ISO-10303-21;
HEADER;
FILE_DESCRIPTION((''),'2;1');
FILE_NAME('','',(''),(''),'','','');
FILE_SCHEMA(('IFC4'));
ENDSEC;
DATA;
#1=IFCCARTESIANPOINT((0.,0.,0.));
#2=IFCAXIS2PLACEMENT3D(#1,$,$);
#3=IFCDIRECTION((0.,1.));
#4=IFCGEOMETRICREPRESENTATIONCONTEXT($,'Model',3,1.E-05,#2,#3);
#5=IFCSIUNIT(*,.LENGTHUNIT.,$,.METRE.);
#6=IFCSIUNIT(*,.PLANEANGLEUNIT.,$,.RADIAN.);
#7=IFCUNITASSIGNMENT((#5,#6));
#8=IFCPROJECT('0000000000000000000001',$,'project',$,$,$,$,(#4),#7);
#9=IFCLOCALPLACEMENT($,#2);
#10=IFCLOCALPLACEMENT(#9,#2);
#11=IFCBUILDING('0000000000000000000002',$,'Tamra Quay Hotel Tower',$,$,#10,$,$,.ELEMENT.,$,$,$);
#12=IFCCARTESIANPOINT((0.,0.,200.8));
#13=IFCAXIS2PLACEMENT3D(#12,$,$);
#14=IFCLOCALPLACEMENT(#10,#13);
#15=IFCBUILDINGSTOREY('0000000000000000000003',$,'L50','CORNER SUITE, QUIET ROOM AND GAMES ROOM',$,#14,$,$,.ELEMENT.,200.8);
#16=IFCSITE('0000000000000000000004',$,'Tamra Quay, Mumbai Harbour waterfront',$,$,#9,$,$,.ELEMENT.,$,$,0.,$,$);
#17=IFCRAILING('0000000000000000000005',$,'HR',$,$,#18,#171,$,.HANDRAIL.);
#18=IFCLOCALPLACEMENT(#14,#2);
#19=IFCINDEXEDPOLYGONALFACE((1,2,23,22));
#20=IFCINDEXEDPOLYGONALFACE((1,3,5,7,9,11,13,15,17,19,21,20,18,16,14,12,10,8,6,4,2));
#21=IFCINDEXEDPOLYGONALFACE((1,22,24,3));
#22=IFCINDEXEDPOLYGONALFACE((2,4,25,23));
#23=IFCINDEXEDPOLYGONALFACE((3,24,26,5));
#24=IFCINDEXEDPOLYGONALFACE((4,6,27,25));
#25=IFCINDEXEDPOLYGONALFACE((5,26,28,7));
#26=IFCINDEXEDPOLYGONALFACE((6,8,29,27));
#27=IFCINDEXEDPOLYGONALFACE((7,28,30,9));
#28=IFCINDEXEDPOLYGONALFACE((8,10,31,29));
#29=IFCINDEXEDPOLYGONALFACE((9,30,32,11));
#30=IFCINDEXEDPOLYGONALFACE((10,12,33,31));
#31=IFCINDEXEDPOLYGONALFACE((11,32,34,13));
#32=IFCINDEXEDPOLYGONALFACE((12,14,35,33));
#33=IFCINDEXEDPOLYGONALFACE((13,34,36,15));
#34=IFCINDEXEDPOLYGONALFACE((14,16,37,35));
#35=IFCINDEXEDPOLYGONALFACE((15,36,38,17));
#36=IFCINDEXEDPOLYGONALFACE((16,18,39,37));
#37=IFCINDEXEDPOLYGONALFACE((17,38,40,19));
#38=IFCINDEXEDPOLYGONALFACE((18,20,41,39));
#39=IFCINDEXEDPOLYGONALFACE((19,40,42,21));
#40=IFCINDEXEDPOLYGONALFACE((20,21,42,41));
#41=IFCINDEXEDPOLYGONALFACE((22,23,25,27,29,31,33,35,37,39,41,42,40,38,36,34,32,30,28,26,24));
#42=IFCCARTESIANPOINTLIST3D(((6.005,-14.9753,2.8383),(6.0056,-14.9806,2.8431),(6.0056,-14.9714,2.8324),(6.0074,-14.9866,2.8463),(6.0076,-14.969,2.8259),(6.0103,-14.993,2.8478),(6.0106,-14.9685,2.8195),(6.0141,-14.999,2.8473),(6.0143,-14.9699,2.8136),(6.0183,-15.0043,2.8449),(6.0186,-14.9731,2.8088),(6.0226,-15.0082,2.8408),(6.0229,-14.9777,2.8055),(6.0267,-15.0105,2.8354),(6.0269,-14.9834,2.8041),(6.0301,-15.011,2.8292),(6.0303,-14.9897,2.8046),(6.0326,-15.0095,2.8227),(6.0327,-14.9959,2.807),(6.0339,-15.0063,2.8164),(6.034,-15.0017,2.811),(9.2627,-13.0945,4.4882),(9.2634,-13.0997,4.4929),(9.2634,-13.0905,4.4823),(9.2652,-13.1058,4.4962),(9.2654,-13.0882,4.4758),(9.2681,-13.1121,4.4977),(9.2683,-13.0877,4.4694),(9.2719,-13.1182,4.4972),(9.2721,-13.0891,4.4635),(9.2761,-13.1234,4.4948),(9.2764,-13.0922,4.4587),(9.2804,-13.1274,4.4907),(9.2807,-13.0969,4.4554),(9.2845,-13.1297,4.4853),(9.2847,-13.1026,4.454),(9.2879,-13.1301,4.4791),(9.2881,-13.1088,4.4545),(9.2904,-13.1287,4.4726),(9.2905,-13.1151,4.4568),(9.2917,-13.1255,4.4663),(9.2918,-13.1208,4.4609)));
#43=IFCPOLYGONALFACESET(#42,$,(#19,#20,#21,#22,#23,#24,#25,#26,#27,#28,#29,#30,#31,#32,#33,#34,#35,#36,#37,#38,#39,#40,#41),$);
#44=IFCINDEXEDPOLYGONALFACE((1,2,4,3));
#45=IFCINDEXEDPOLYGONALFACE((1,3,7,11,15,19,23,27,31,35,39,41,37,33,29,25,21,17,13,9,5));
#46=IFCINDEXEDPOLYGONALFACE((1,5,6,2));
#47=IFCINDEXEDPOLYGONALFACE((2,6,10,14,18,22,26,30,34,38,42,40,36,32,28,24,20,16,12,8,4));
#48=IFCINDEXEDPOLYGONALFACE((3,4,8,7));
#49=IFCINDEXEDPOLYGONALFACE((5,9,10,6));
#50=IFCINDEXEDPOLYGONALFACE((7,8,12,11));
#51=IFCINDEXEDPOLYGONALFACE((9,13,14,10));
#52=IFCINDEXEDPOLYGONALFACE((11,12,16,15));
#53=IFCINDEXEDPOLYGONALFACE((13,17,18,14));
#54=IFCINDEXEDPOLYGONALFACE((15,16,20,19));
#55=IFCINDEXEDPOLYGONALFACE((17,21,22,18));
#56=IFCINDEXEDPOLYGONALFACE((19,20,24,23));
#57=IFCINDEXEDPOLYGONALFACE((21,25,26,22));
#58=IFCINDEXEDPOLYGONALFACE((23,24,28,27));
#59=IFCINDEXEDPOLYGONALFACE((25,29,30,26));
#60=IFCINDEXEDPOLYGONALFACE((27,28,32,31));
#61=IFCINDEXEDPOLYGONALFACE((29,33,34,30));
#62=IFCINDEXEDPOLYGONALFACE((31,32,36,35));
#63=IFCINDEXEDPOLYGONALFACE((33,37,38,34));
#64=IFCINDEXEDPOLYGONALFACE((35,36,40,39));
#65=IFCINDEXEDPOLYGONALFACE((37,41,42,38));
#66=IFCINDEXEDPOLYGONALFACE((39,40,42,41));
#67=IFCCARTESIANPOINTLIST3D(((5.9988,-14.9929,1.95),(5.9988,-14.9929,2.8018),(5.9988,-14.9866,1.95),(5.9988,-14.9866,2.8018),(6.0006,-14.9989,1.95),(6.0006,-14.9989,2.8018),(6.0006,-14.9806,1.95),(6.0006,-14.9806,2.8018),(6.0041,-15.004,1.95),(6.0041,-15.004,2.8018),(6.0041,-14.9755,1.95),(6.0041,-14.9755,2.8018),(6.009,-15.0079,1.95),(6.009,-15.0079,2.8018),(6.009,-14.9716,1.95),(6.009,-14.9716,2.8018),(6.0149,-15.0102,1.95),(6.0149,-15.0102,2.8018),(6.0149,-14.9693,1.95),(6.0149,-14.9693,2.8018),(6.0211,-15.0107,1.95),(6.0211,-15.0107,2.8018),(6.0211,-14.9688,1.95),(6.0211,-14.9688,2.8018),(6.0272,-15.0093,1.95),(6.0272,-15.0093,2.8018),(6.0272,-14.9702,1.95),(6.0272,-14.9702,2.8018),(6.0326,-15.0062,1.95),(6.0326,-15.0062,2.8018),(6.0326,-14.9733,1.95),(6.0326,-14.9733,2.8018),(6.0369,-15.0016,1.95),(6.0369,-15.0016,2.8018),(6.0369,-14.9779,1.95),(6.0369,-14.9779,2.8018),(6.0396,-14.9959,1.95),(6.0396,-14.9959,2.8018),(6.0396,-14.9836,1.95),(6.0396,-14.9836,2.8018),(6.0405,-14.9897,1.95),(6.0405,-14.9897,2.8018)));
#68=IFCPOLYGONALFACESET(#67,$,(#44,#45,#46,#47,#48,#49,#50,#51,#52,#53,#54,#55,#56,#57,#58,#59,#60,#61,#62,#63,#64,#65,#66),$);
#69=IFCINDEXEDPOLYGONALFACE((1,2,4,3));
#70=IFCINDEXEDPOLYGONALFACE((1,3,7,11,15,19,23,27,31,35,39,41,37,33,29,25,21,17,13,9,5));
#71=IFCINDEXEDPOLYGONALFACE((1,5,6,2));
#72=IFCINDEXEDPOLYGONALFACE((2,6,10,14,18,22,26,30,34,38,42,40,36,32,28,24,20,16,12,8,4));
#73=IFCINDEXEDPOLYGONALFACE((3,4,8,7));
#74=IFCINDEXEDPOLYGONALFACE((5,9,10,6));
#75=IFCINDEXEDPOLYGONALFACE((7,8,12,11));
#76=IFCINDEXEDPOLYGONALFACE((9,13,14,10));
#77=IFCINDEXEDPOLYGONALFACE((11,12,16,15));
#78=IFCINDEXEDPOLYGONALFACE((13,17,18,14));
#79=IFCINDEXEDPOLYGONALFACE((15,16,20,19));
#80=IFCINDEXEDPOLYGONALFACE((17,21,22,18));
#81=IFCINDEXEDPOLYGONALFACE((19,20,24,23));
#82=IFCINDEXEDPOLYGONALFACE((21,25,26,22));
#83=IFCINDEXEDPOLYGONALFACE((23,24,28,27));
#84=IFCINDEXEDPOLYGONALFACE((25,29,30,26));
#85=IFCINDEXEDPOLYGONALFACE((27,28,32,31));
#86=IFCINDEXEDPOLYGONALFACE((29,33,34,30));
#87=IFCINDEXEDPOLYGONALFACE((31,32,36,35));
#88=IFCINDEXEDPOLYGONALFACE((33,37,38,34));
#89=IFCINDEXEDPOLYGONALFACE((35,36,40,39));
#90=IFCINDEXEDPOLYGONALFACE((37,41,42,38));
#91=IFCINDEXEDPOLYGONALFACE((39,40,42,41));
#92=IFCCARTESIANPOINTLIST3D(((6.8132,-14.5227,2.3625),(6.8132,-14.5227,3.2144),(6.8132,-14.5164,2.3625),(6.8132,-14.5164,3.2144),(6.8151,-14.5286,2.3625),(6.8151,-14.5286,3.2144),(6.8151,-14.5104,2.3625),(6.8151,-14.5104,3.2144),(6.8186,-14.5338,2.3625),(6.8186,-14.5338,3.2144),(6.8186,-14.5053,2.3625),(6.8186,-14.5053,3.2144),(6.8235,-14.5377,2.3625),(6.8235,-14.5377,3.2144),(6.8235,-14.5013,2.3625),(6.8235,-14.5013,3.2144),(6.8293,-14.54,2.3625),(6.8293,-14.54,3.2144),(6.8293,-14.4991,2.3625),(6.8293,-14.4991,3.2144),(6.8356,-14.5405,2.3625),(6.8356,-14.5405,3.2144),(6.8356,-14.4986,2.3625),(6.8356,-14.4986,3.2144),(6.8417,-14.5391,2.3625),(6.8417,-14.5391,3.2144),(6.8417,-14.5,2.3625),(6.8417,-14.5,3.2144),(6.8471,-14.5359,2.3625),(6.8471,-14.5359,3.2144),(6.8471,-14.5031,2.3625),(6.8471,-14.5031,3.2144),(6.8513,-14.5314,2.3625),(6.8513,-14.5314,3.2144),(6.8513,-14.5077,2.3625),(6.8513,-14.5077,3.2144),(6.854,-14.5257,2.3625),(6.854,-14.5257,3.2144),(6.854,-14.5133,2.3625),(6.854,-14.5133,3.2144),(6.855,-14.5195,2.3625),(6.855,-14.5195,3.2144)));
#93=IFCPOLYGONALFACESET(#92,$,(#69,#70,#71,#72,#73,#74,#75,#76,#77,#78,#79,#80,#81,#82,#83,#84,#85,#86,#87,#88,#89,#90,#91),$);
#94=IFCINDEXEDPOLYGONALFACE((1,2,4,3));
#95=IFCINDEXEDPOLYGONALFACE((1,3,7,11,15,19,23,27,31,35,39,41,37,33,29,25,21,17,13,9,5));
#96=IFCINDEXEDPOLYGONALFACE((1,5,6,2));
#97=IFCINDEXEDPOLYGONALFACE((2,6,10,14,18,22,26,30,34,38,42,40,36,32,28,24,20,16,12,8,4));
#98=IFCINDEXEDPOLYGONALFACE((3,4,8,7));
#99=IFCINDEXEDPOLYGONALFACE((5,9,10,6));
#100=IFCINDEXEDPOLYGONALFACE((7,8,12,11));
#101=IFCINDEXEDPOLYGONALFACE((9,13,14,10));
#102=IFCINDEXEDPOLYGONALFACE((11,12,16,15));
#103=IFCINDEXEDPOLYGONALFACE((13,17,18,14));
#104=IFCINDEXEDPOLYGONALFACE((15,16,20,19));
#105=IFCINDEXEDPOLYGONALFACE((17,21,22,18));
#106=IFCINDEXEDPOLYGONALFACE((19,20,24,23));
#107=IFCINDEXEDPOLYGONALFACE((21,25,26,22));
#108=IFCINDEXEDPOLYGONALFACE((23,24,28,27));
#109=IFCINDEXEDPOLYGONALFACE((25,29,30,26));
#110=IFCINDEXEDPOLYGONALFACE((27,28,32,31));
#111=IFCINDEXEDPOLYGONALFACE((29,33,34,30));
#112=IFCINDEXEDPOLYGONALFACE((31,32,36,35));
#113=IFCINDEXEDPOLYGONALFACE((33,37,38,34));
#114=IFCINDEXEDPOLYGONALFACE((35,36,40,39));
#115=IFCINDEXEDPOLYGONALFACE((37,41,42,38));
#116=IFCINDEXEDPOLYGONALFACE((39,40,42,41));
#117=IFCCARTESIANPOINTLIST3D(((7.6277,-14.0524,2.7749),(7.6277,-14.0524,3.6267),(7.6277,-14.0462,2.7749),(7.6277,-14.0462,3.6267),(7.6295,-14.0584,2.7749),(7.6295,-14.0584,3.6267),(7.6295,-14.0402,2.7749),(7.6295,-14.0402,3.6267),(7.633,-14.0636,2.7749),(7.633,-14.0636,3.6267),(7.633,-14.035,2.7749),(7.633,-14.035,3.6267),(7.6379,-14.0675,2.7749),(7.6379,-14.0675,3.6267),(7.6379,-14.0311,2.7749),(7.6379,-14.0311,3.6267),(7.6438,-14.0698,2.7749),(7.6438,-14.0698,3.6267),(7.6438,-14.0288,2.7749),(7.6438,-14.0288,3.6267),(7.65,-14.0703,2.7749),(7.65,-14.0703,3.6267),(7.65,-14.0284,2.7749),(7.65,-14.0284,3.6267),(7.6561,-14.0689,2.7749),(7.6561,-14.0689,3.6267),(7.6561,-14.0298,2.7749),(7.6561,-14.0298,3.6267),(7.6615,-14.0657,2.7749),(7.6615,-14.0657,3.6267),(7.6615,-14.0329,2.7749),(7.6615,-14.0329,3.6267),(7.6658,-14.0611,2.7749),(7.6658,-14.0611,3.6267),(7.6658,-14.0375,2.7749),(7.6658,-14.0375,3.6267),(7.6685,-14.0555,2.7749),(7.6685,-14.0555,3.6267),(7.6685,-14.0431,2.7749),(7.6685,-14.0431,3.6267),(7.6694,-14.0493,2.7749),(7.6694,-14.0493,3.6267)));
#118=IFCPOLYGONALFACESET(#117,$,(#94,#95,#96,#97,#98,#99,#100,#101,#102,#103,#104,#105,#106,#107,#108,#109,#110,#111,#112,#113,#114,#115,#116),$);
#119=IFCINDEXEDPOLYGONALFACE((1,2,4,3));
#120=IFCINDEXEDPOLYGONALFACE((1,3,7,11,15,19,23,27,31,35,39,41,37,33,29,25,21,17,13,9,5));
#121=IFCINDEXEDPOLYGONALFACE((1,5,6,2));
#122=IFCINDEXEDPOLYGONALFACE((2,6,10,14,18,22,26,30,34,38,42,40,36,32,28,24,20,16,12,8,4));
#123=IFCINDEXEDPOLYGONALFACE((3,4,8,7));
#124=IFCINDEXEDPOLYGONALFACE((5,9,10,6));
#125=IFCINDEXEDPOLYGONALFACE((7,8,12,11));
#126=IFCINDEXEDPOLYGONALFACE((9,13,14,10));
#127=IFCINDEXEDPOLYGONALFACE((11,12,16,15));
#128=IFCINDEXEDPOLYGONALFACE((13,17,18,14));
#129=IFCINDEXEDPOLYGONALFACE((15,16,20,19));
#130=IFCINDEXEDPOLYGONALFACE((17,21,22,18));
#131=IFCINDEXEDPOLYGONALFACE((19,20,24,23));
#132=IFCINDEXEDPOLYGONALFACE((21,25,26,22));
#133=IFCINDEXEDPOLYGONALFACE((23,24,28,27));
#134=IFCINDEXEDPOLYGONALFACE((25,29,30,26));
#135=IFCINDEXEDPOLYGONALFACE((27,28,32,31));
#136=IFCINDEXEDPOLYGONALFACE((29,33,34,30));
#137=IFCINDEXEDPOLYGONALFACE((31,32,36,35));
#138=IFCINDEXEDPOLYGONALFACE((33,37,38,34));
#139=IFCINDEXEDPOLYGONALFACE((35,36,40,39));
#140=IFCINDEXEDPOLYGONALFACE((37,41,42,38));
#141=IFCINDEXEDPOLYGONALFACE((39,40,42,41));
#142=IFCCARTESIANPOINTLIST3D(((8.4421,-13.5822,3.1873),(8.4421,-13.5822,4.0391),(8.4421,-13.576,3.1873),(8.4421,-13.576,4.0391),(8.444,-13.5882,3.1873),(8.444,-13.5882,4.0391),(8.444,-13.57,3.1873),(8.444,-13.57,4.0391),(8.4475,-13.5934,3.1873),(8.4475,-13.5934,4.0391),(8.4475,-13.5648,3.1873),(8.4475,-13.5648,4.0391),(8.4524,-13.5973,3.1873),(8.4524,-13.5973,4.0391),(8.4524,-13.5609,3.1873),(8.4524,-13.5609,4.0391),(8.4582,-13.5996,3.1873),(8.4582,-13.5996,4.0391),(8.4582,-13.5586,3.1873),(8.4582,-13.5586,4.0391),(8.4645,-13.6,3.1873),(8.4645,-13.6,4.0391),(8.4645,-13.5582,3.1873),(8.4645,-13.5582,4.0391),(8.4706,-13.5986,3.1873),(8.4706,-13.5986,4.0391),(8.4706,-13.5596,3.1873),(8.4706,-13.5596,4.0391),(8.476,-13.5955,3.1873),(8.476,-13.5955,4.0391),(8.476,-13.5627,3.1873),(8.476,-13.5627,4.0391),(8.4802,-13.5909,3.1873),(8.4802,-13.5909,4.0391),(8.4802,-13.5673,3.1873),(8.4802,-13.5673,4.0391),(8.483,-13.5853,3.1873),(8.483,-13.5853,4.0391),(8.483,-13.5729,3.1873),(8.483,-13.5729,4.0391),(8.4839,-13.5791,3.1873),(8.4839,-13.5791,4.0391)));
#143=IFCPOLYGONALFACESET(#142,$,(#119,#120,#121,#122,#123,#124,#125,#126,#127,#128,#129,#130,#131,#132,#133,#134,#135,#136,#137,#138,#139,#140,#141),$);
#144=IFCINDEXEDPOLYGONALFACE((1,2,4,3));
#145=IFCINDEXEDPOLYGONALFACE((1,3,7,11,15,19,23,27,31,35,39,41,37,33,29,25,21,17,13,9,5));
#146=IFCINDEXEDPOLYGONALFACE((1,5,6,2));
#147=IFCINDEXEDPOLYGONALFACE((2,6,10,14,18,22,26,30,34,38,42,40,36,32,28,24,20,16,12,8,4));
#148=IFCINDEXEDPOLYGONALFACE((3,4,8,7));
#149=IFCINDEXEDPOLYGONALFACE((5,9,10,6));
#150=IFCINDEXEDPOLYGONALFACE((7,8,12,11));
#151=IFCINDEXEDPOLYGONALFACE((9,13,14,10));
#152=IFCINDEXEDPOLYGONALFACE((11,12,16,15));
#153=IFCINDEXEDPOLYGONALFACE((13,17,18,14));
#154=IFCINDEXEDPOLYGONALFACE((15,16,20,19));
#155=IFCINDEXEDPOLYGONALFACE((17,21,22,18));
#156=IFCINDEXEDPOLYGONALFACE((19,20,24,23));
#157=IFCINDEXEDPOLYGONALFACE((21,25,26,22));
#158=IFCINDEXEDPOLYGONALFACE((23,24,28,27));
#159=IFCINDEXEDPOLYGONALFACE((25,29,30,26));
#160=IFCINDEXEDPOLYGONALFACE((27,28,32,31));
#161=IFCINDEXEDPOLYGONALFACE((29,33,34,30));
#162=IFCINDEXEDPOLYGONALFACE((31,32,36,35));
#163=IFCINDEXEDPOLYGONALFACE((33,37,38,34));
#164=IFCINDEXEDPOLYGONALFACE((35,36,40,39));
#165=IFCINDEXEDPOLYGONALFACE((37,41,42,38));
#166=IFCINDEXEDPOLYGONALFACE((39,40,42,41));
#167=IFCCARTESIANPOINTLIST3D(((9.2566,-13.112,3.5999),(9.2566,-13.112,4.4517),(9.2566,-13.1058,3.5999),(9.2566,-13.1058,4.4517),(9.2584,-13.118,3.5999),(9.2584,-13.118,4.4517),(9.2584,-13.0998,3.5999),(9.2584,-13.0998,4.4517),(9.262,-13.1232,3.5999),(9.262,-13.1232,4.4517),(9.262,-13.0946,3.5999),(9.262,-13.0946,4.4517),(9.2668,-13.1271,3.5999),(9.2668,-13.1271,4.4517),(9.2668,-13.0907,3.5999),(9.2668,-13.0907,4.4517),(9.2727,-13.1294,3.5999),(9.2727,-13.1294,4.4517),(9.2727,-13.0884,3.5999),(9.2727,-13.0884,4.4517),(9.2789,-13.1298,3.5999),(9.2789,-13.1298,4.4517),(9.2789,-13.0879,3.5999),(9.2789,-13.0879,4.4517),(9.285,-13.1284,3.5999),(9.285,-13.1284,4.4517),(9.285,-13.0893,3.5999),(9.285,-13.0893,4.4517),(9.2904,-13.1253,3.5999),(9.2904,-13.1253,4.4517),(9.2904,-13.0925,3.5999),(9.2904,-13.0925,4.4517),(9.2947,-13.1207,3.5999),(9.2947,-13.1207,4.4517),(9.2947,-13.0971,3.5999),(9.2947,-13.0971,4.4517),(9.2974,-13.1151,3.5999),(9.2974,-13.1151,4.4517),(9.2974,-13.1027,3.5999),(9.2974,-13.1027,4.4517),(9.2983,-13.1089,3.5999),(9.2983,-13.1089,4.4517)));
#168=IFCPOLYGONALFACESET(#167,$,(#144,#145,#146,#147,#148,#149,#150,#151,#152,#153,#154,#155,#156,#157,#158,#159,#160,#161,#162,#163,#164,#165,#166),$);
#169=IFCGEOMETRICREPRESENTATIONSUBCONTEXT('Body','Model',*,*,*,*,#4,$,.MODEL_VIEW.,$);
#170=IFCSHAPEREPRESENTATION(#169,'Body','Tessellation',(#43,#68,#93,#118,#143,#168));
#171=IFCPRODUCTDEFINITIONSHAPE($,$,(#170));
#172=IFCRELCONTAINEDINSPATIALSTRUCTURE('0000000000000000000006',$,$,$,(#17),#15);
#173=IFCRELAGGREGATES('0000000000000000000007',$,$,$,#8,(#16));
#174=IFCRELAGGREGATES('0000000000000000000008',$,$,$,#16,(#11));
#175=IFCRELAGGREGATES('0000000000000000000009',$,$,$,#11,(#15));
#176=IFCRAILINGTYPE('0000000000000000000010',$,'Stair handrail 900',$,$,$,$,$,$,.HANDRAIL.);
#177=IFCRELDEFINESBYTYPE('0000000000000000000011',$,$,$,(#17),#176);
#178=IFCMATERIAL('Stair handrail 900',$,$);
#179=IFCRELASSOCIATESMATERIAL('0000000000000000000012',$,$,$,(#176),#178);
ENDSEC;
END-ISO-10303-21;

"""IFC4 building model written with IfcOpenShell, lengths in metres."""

from ifc_helpers import new_model, si_unit, direction, frame, origin, origin_2d, place, context, subcontext, project, spatial, circle, extrude, material, type_object, element, save


model = new_model("IFC4")

# Units and contexts
model_context = context("Model", 3, precision=1e-05, world=origin(), true_north=direction((0.0, 1.0)))
body_context = subcontext(model_context, "Body", "Model", "MODEL_VIEW")
ifc_project = project(units=[si_unit("LENGTHUNIT", "METRE"), si_unit("PLANEANGLEUNIT", "RADIAN")], contexts=[model_context])

# Site, building, storey
site_placement = place(None, origin())
site = spatial("IfcSite", under=ifc_project, at=site_placement, Name="Tamra Quay, Mumbai Harbour waterfront", CompositionType="ELEMENT", RefElevation=0.0)
building_placement = place(site_placement, origin())
building = spatial("IfcBuilding", under=site, at=building_placement, Name="Tamra Quay Hotel Tower", CompositionType="ELEMENT")
storey_placement = place(building_placement, frame((0.0, 0.0, 200.8)))
storey = spatial("IfcBuildingStorey", under=building, at=storey_placement, Name="L50", Description="CORNER SUITE, QUIET ROOM AND GAMES ROOM", CompositionType="ELEMENT", Elevation=200.8)

# Railing
ifc_material_1 = material(Name="Stair handrail 900")
railing_type_1 = type_object("IfcRailingType", Name="Stair handrail 900", PredefinedType="HANDRAIL", material=ifc_material_1)
railing_1_placement = place(storey_placement, frame((6.0195, -14.9897, 1.95)))
element("IfcRailing", 1, at=railing_1_placement, inside=storey, type_object=railing_type_1, Name="HR", PredefinedType="HANDRAIL", context=body_context, shape_type="SweptSolid", body=[
    extrude(circle(Radius=0.0239, at=origin_2d()), frame((0.0, 0.0, 0.876), z_axis=(0.7931, 0.457887, 0.401661), x_axis=(-0.499992, 0.86603, 0.0)), (0.0, 0.0, 1.0), 4.1077),
    extrude(circle(Radius=0.021, at=origin_2d()), origin(), (0.0, 0.0, 1.0), 0.8518),
    extrude(circle(Radius=0.021, at=origin_2d()), frame((0.8145, 0.4702, 0.4126)), (0.0, 0.0, 1.0), 0.8518),
    extrude(circle(Radius=0.021, at=origin_2d()), frame((1.6289, 0.9404, 0.825)), (0.0, 0.0, 1.0), 0.8518),
    extrude(circle(Radius=0.021, at=origin_2d()), frame((2.4434, 1.4106, 1.2373)), (0.0, 0.0, 1.0), 0.8518),
    extrude(circle(Radius=0.021, at=origin_2d()), frame((3.2578, 1.8809, 1.6499)), (0.0, 0.0, 1.0), 0.8518),
])

save(model, "model.ifc")
